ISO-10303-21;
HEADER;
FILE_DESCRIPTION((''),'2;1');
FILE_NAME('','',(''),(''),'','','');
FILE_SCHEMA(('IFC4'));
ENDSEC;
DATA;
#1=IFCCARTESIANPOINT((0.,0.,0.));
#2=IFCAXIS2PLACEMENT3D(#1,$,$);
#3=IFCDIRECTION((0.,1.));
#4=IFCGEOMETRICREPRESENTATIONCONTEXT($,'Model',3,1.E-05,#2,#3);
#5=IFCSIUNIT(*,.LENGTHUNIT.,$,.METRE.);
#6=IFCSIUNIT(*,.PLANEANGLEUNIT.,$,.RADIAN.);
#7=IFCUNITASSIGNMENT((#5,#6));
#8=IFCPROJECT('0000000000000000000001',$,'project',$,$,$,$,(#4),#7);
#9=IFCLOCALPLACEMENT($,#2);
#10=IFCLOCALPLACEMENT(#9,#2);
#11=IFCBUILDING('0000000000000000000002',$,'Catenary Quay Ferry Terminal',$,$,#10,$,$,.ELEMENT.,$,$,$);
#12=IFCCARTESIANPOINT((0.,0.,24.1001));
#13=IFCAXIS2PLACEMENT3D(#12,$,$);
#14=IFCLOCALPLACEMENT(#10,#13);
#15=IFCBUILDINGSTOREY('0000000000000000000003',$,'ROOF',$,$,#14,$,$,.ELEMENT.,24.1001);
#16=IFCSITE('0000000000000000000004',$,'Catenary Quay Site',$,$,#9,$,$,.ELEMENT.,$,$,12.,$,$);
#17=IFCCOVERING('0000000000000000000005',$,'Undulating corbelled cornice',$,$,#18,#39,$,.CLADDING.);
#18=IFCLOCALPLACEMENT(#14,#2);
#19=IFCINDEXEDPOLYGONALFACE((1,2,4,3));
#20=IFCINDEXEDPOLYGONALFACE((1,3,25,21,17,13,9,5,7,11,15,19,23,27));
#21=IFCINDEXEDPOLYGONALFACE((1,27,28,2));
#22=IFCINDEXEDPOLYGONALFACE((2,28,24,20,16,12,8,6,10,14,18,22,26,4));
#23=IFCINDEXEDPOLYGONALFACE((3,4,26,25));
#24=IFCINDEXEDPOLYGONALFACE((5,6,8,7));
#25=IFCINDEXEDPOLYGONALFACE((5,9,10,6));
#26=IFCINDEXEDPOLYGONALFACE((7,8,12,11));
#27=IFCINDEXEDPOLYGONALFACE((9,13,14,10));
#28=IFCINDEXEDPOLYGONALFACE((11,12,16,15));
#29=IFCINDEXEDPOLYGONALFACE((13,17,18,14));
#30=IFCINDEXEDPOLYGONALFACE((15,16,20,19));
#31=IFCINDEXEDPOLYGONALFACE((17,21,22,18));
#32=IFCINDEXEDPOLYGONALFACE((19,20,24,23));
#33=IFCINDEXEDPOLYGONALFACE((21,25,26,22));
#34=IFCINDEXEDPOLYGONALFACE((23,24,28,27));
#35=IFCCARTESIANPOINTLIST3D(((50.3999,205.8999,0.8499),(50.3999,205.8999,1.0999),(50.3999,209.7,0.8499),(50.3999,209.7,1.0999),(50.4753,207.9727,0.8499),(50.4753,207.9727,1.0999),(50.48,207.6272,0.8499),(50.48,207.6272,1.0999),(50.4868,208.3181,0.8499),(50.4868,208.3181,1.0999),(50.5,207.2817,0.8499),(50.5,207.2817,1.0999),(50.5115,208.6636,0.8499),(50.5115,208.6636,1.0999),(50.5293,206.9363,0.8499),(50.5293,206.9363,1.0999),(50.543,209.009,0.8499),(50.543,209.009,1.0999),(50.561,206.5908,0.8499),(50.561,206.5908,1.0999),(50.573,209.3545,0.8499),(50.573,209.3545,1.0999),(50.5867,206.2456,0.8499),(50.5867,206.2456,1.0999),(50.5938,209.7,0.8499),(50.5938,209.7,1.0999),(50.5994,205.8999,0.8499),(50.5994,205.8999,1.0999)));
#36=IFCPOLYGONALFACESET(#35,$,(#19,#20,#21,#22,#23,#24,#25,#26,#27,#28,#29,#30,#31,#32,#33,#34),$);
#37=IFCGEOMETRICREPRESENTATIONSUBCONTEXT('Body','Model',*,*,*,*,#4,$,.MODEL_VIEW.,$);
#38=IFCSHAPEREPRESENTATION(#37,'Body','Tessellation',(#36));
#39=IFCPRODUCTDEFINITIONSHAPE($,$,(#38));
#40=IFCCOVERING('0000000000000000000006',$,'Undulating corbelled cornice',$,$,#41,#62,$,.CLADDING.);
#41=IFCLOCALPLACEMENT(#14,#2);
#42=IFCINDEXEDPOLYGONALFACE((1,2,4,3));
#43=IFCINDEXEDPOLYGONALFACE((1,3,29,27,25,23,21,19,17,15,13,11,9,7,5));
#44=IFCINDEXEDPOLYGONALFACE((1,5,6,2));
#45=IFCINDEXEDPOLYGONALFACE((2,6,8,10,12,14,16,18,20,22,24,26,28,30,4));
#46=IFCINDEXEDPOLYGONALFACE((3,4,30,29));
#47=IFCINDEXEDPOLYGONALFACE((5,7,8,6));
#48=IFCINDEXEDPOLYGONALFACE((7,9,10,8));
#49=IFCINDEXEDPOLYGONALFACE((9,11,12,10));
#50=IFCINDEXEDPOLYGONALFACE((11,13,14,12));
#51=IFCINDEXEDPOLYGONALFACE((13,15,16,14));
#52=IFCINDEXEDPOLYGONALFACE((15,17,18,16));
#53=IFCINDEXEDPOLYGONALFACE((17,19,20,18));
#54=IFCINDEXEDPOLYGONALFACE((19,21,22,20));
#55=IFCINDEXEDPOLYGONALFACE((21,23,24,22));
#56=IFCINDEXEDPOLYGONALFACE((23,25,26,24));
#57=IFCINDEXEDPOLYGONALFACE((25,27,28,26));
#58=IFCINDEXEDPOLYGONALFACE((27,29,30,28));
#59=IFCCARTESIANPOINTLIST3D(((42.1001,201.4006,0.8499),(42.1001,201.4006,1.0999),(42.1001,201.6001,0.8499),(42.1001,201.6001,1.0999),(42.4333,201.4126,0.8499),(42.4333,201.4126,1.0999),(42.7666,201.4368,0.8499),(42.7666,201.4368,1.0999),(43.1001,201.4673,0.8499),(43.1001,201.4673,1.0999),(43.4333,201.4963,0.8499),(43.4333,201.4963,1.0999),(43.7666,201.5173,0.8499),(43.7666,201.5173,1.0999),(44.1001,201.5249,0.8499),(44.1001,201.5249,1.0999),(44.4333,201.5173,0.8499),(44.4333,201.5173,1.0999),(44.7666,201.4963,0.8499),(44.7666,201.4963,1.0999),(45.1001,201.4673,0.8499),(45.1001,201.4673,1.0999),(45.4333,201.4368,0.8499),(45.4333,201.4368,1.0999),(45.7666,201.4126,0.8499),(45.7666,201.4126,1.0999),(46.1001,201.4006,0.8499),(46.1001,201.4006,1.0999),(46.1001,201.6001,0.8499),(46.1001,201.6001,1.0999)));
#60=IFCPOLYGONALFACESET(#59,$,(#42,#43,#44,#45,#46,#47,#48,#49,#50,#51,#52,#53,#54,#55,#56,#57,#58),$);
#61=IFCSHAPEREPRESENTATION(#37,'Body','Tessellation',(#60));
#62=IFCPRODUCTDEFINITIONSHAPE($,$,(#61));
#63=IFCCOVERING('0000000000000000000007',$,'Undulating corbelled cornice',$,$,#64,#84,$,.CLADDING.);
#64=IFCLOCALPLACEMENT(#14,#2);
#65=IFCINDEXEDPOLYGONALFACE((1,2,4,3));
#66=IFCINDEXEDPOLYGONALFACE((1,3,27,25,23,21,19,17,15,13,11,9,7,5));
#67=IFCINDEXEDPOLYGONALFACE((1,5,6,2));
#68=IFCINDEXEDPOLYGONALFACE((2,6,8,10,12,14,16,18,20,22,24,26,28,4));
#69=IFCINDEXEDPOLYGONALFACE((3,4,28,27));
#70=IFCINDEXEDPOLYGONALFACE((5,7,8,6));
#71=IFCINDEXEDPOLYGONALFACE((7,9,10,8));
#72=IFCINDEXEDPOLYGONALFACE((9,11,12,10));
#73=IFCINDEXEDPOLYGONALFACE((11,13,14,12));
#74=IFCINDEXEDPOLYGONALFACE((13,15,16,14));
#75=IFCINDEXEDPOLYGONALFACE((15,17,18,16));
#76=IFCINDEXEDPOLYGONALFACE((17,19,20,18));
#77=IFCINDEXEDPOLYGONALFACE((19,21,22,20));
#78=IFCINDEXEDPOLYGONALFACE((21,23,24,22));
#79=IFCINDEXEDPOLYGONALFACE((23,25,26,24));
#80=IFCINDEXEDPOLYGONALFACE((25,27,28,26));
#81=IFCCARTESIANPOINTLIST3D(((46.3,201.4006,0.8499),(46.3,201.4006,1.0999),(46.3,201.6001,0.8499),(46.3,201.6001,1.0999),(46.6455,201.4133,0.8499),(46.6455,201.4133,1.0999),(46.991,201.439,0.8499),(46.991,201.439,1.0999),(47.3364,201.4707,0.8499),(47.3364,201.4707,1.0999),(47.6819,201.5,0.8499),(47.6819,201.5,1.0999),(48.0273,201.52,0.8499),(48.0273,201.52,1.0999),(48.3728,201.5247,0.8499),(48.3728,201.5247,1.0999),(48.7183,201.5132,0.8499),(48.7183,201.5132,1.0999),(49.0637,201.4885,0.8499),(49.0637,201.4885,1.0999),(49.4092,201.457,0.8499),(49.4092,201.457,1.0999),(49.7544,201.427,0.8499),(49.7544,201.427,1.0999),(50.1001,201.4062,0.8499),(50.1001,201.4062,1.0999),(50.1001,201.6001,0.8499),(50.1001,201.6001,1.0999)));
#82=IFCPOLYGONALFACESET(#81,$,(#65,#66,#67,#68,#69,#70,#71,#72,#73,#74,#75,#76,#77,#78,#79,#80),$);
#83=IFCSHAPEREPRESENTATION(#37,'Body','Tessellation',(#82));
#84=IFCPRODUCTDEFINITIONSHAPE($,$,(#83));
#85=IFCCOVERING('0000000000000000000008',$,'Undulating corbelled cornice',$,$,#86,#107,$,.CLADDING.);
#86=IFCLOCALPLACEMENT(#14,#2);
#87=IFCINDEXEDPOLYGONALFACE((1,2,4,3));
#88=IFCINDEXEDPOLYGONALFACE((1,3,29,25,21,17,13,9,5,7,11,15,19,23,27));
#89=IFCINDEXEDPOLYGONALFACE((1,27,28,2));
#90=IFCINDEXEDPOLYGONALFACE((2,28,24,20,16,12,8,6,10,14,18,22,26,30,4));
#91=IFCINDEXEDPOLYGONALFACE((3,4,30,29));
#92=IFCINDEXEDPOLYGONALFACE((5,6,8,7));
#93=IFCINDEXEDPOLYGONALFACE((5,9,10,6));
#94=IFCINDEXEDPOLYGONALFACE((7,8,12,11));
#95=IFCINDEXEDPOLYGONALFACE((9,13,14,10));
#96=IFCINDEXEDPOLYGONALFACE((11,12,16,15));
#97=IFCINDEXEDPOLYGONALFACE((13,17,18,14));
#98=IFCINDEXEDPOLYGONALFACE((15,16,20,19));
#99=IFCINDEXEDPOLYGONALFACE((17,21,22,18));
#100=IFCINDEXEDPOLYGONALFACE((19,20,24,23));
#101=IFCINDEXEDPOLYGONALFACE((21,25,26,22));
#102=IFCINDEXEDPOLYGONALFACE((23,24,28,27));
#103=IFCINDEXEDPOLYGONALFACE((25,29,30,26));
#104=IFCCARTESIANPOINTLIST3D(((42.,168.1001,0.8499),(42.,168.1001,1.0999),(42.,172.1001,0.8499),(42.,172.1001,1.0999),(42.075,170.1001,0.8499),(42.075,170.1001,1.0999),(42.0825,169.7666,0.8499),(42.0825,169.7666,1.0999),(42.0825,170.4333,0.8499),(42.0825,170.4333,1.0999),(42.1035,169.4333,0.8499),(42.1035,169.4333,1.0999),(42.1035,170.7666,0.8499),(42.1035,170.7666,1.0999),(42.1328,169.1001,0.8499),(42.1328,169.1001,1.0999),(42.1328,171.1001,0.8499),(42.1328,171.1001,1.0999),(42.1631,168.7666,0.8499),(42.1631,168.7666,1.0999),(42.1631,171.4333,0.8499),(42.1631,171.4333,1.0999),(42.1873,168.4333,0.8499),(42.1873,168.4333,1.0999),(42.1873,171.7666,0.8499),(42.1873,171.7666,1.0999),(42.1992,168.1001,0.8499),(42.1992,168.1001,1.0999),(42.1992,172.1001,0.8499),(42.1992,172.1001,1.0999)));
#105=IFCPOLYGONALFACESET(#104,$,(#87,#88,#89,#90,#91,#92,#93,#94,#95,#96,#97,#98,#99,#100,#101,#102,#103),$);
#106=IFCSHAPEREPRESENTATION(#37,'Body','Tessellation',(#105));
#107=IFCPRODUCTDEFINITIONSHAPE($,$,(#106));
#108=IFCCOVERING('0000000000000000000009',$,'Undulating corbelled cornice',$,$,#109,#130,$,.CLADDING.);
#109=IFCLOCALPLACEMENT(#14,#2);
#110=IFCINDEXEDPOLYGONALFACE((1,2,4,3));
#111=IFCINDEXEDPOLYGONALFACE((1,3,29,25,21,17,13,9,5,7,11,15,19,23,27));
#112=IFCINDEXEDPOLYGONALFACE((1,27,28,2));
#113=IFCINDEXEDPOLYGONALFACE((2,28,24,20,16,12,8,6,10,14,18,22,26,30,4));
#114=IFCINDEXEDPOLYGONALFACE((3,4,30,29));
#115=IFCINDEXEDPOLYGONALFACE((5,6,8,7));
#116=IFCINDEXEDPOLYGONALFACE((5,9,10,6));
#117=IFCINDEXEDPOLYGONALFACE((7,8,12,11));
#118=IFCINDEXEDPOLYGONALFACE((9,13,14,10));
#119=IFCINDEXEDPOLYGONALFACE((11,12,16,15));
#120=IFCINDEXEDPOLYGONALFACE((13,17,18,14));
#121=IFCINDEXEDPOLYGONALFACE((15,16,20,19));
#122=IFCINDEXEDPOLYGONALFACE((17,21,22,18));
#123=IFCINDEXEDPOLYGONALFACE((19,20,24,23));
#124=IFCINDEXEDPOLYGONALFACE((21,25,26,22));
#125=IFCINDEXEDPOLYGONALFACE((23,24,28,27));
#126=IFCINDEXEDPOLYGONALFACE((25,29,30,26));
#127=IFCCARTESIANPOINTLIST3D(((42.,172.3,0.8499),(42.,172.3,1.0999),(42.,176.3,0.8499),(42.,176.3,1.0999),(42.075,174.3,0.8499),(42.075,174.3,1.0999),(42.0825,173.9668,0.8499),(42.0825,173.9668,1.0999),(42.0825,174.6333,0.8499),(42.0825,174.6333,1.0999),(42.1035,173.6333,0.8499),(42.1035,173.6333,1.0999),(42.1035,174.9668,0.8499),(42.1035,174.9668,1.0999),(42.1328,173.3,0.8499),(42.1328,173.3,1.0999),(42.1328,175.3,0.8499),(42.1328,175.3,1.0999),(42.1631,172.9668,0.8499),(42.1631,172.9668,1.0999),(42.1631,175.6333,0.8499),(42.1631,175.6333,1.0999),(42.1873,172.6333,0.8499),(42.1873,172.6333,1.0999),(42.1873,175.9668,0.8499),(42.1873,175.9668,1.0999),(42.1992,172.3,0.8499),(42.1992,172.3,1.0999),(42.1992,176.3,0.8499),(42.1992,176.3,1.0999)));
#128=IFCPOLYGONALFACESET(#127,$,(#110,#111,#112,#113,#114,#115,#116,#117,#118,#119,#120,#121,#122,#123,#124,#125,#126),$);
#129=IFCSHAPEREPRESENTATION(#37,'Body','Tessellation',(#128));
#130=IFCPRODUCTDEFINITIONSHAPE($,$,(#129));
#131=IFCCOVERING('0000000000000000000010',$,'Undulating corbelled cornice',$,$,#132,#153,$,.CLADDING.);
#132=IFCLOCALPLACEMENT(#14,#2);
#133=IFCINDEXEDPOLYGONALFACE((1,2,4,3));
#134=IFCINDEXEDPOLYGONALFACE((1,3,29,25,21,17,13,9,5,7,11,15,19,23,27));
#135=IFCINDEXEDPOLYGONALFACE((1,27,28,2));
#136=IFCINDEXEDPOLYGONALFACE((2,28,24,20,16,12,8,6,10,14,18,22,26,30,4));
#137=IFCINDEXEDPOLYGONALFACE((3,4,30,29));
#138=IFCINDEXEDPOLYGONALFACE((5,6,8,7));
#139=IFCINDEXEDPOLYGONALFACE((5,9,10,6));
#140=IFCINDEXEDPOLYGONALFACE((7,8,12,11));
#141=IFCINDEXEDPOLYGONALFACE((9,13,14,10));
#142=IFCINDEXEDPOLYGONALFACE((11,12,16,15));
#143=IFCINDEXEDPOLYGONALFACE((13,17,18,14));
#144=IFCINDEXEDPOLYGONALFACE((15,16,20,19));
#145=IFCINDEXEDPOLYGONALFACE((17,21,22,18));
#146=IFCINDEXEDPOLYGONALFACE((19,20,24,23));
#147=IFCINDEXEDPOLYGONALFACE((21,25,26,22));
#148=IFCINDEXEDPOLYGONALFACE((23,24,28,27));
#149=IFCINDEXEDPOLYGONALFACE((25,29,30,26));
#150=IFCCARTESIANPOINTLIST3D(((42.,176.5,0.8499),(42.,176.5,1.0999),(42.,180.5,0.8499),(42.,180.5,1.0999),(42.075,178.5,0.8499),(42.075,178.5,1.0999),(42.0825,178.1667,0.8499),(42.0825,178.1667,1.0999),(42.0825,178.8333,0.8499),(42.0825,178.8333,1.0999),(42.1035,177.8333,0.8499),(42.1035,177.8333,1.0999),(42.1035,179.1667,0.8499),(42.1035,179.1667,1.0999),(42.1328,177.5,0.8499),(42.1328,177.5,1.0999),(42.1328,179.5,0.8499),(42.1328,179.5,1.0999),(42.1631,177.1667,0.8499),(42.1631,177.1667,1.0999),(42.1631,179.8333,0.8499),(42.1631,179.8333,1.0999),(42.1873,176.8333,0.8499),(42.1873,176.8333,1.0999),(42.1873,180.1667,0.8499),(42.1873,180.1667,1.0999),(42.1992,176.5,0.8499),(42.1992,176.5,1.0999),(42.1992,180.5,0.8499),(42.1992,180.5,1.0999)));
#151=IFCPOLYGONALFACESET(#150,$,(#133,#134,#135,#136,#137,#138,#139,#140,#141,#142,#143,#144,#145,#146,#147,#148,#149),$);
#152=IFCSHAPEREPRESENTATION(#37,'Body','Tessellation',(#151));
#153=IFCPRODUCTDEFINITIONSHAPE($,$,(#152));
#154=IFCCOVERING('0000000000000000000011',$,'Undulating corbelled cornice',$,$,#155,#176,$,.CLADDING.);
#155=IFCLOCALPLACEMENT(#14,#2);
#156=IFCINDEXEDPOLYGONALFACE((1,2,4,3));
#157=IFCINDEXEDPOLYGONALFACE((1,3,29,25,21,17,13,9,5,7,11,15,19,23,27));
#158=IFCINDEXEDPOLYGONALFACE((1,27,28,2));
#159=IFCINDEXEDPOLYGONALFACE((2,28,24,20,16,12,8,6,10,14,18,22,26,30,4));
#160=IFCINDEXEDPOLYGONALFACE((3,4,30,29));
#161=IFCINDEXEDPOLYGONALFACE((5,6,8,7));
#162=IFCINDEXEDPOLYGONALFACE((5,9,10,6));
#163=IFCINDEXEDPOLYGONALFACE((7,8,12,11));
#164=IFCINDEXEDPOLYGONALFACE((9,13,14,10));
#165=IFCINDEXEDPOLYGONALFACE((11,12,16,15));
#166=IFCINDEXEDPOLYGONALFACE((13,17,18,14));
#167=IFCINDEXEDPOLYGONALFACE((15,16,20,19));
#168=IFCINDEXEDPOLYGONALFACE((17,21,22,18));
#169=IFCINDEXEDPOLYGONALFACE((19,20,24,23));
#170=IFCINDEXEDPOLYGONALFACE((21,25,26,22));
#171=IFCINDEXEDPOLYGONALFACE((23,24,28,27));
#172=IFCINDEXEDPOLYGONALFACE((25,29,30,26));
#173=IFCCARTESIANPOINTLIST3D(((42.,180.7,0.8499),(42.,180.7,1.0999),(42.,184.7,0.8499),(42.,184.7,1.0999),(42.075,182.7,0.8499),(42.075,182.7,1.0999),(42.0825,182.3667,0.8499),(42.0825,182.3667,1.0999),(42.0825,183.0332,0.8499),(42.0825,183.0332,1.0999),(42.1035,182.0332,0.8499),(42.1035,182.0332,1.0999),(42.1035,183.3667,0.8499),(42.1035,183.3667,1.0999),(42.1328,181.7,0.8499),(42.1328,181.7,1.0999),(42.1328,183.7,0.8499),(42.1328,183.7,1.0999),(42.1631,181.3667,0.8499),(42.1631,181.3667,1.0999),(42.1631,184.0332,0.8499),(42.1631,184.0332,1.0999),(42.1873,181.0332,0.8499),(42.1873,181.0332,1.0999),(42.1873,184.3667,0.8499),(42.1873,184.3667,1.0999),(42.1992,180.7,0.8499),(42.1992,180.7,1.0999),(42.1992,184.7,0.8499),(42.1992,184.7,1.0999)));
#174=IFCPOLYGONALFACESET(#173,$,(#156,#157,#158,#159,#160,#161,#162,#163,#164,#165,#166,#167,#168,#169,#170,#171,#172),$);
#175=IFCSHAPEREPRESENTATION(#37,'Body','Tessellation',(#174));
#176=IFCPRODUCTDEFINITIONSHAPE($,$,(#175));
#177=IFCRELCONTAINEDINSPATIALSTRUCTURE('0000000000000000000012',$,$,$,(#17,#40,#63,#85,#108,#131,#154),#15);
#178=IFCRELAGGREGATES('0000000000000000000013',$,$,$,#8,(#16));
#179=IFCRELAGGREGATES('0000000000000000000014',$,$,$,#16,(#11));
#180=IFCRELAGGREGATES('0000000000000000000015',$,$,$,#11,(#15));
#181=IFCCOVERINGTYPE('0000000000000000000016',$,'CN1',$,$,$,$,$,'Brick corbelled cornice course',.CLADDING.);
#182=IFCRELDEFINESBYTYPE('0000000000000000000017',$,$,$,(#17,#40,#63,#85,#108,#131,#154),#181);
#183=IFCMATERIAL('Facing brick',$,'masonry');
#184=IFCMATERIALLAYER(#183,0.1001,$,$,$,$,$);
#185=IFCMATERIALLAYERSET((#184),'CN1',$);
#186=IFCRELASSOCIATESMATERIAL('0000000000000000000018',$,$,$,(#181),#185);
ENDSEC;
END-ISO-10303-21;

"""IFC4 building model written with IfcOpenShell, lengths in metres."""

from ifc_helpers import new_model, si_unit, direction, frame, origin, place, context, subcontext, project, spatial, polyline, outline, extrude, material, layer, layer_set, type_object, element, save


model = new_model("IFC4")

# Units and contexts
model_context = context("Model", 3, precision=1e-05, world=origin(), true_north=direction((0.0, 1.0)))
body_context = subcontext(model_context, "Body", "Model", "MODEL_VIEW")
ifc_project = project(units=[si_unit("LENGTHUNIT", "METRE"), si_unit("PLANEANGLEUNIT", "RADIAN")], contexts=[model_context])

# Site, building, storey
site_placement = place(None, origin())
site = spatial("IfcSite", under=ifc_project, at=site_placement, Name="Catenary Quay Site", CompositionType="ELEMENT", RefElevation=12.0)
building_placement = place(site_placement, origin())
building = spatial("IfcBuilding", under=site, at=building_placement, Name="Catenary Quay Ferry Terminal", CompositionType="ELEMENT")
storey_placement = place(building_placement, frame((0.0, 0.0, 24.1001)))
storey = spatial("IfcBuildingStorey", under=building, at=storey_placement, Name="ROOF", CompositionType="ELEMENT", Elevation=24.1001)

# Coverings
ifc_material = material(Name="Facing brick", Category="masonry")
ifc_layer = layer(ifc_material, 0.1001)
ifc_layer_set = layer_set([ifc_layer], Name="CN1")
covering_type = type_object("IfcCoveringType", Name="CN1", ElementType="Brick corbelled cornice course", PredefinedType="CLADDING", material=ifc_layer_set)
covering_1_placement = place(storey_placement, frame((0.0, 0.0, 0.8499)))
element("IfcCovering", 1, at=covering_1_placement, inside=storey, type_object=covering_type, Name="Undulating corbelled cornice", PredefinedType="CLADDING", context=body_context, shape_type="SweptSolid", body=[
    extrude(outline(polyline([(50.3999, 205.8999), (50.5994, 205.8999), (50.5867, 206.2456), (50.561, 206.5908), (50.5293, 206.9363), (50.5, 207.2817), (50.48, 207.6272), (50.4753, 207.9727), (50.4868, 208.3181), (50.5115, 208.6636), (50.543, 209.009), (50.573, 209.3545), (50.5938, 209.7), (50.3999, 209.7), (50.3999, 205.8999)])), origin(), (0.0, 0.0, 1.0), 0.25),
])
covering_2_placement = place(storey_placement, frame((0.0, 0.0, 0.8499)))
element("IfcCovering", 2, at=covering_2_placement, inside=storey, type_object=covering_type, Name="Undulating corbelled cornice", PredefinedType="CLADDING", context=body_context, shape_type="SweptSolid", body=[
    extrude(outline(polyline([(42.1001, 201.6001), (42.1001, 201.4006), (42.4333, 201.4126), (42.7666, 201.4368), (43.1001, 201.4673), (43.4333, 201.4963), (43.7666, 201.5173), (44.1001, 201.5249), (44.4333, 201.5173), (44.7666, 201.4963), (45.1001, 201.4673), (45.4333, 201.4368), (45.7666, 201.4126), (46.1001, 201.4006), (46.1001, 201.6001), (42.1001, 201.6001)])), origin(), (0.0, 0.0, 1.0), 0.25),
])
covering_3_placement = place(storey_placement, frame((0.0, 0.0, 0.8499)))
element("IfcCovering", 3, at=covering_3_placement, inside=storey, type_object=covering_type, Name="Undulating corbelled cornice", PredefinedType="CLADDING", context=body_context, shape_type="SweptSolid", body=[
    extrude(outline(polyline([(46.3, 201.6001), (46.3, 201.4006), (46.6455, 201.4133), (46.991, 201.439), (47.3364, 201.4707), (47.6819, 201.5), (48.0273, 201.52), (48.3728, 201.5247), (48.7183, 201.5132), (49.0637, 201.4885), (49.4092, 201.457), (49.7544, 201.427), (50.1001, 201.4062), (50.1001, 201.6001), (46.3, 201.6001)])), origin(), (0.0, 0.0, 1.0), 0.25),
])
covering_4_placement = place(storey_placement, frame((0.0, 0.0, 0.8499)))
element("IfcCovering", 4, at=covering_4_placement, inside=storey, type_object=covering_type, Name="Undulating corbelled cornice", PredefinedType="CLADDING", context=body_context, shape_type="SweptSolid", body=[
    extrude(outline(polyline([(42.0, 168.1001), (42.1992, 168.1001), (42.1873, 168.4333), (42.1631, 168.7666), (42.1328, 169.1001), (42.1035, 169.4333), (42.0825, 169.7666), (42.075, 170.1001), (42.0825, 170.4333), (42.1035, 170.7666), (42.1328, 171.1001), (42.1631, 171.4333), (42.1873, 171.7666), (42.1992, 172.1001), (42.0, 172.1001), (42.0, 168.1001)])), origin(), (0.0, 0.0, 1.0), 0.25),
])
covering_5_placement = place(storey_placement, frame((0.0, 0.0, 0.8499)))
element("IfcCovering", 5, at=covering_5_placement, inside=storey, type_object=covering_type, Name="Undulating corbelled cornice", PredefinedType="CLADDING", context=body_context, shape_type="SweptSolid", body=[
    extrude(outline(polyline([(42.0, 172.3), (42.1992, 172.3), (42.1873, 172.6333), (42.1631, 172.9668), (42.1328, 173.3), (42.1035, 173.6333), (42.0825, 173.9668), (42.075, 174.3), (42.0825, 174.6333), (42.1035, 174.9668), (42.1328, 175.3), (42.1631, 175.6333), (42.1873, 175.9668), (42.1992, 176.3), (42.0, 176.3), (42.0, 172.3)])), origin(), (0.0, 0.0, 1.0), 0.25),
])
covering_6_placement = place(storey_placement, frame((0.0, 0.0, 0.8499)))
element("IfcCovering", 6, at=covering_6_placement, inside=storey, type_object=covering_type, Name="Undulating corbelled cornice", PredefinedType="CLADDING", context=body_context, shape_type="SweptSolid", body=[
    extrude(outline(polyline([(42.0, 176.5), (42.1992, 176.5), (42.1873, 176.8333), (42.1631, 177.1667), (42.1328, 177.5), (42.1035, 177.8333), (42.0825, 178.1667), (42.075, 178.5), (42.0825, 178.8333), (42.1035, 179.1667), (42.1328, 179.5), (42.1631, 179.8333), (42.1873, 180.1667), (42.1992, 180.5), (42.0, 180.5), (42.0, 176.5)])), origin(), (0.0, 0.0, 1.0), 0.25),
])
covering_7_placement = place(storey_placement, frame((0.0, 0.0, 0.8499)))
element("IfcCovering", 7, at=covering_7_placement, inside=storey, type_object=covering_type, Name="Undulating corbelled cornice", PredefinedType="CLADDING", context=body_context, shape_type="SweptSolid", body=[
    extrude(outline(polyline([(42.0, 180.7), (42.1992, 180.7), (42.1873, 181.0332), (42.1631, 181.3667), (42.1328, 181.7), (42.1035, 182.0332), (42.0825, 182.3667), (42.075, 182.7), (42.0825, 183.0332), (42.1035, 183.3667), (42.1328, 183.7), (42.1631, 184.0332), (42.1873, 184.3667), (42.1992, 184.7), (42.0, 184.7), (42.0, 180.7)])), origin(), (0.0, 0.0, 1.0), 0.25),
])

save(model, "model.ifc")
